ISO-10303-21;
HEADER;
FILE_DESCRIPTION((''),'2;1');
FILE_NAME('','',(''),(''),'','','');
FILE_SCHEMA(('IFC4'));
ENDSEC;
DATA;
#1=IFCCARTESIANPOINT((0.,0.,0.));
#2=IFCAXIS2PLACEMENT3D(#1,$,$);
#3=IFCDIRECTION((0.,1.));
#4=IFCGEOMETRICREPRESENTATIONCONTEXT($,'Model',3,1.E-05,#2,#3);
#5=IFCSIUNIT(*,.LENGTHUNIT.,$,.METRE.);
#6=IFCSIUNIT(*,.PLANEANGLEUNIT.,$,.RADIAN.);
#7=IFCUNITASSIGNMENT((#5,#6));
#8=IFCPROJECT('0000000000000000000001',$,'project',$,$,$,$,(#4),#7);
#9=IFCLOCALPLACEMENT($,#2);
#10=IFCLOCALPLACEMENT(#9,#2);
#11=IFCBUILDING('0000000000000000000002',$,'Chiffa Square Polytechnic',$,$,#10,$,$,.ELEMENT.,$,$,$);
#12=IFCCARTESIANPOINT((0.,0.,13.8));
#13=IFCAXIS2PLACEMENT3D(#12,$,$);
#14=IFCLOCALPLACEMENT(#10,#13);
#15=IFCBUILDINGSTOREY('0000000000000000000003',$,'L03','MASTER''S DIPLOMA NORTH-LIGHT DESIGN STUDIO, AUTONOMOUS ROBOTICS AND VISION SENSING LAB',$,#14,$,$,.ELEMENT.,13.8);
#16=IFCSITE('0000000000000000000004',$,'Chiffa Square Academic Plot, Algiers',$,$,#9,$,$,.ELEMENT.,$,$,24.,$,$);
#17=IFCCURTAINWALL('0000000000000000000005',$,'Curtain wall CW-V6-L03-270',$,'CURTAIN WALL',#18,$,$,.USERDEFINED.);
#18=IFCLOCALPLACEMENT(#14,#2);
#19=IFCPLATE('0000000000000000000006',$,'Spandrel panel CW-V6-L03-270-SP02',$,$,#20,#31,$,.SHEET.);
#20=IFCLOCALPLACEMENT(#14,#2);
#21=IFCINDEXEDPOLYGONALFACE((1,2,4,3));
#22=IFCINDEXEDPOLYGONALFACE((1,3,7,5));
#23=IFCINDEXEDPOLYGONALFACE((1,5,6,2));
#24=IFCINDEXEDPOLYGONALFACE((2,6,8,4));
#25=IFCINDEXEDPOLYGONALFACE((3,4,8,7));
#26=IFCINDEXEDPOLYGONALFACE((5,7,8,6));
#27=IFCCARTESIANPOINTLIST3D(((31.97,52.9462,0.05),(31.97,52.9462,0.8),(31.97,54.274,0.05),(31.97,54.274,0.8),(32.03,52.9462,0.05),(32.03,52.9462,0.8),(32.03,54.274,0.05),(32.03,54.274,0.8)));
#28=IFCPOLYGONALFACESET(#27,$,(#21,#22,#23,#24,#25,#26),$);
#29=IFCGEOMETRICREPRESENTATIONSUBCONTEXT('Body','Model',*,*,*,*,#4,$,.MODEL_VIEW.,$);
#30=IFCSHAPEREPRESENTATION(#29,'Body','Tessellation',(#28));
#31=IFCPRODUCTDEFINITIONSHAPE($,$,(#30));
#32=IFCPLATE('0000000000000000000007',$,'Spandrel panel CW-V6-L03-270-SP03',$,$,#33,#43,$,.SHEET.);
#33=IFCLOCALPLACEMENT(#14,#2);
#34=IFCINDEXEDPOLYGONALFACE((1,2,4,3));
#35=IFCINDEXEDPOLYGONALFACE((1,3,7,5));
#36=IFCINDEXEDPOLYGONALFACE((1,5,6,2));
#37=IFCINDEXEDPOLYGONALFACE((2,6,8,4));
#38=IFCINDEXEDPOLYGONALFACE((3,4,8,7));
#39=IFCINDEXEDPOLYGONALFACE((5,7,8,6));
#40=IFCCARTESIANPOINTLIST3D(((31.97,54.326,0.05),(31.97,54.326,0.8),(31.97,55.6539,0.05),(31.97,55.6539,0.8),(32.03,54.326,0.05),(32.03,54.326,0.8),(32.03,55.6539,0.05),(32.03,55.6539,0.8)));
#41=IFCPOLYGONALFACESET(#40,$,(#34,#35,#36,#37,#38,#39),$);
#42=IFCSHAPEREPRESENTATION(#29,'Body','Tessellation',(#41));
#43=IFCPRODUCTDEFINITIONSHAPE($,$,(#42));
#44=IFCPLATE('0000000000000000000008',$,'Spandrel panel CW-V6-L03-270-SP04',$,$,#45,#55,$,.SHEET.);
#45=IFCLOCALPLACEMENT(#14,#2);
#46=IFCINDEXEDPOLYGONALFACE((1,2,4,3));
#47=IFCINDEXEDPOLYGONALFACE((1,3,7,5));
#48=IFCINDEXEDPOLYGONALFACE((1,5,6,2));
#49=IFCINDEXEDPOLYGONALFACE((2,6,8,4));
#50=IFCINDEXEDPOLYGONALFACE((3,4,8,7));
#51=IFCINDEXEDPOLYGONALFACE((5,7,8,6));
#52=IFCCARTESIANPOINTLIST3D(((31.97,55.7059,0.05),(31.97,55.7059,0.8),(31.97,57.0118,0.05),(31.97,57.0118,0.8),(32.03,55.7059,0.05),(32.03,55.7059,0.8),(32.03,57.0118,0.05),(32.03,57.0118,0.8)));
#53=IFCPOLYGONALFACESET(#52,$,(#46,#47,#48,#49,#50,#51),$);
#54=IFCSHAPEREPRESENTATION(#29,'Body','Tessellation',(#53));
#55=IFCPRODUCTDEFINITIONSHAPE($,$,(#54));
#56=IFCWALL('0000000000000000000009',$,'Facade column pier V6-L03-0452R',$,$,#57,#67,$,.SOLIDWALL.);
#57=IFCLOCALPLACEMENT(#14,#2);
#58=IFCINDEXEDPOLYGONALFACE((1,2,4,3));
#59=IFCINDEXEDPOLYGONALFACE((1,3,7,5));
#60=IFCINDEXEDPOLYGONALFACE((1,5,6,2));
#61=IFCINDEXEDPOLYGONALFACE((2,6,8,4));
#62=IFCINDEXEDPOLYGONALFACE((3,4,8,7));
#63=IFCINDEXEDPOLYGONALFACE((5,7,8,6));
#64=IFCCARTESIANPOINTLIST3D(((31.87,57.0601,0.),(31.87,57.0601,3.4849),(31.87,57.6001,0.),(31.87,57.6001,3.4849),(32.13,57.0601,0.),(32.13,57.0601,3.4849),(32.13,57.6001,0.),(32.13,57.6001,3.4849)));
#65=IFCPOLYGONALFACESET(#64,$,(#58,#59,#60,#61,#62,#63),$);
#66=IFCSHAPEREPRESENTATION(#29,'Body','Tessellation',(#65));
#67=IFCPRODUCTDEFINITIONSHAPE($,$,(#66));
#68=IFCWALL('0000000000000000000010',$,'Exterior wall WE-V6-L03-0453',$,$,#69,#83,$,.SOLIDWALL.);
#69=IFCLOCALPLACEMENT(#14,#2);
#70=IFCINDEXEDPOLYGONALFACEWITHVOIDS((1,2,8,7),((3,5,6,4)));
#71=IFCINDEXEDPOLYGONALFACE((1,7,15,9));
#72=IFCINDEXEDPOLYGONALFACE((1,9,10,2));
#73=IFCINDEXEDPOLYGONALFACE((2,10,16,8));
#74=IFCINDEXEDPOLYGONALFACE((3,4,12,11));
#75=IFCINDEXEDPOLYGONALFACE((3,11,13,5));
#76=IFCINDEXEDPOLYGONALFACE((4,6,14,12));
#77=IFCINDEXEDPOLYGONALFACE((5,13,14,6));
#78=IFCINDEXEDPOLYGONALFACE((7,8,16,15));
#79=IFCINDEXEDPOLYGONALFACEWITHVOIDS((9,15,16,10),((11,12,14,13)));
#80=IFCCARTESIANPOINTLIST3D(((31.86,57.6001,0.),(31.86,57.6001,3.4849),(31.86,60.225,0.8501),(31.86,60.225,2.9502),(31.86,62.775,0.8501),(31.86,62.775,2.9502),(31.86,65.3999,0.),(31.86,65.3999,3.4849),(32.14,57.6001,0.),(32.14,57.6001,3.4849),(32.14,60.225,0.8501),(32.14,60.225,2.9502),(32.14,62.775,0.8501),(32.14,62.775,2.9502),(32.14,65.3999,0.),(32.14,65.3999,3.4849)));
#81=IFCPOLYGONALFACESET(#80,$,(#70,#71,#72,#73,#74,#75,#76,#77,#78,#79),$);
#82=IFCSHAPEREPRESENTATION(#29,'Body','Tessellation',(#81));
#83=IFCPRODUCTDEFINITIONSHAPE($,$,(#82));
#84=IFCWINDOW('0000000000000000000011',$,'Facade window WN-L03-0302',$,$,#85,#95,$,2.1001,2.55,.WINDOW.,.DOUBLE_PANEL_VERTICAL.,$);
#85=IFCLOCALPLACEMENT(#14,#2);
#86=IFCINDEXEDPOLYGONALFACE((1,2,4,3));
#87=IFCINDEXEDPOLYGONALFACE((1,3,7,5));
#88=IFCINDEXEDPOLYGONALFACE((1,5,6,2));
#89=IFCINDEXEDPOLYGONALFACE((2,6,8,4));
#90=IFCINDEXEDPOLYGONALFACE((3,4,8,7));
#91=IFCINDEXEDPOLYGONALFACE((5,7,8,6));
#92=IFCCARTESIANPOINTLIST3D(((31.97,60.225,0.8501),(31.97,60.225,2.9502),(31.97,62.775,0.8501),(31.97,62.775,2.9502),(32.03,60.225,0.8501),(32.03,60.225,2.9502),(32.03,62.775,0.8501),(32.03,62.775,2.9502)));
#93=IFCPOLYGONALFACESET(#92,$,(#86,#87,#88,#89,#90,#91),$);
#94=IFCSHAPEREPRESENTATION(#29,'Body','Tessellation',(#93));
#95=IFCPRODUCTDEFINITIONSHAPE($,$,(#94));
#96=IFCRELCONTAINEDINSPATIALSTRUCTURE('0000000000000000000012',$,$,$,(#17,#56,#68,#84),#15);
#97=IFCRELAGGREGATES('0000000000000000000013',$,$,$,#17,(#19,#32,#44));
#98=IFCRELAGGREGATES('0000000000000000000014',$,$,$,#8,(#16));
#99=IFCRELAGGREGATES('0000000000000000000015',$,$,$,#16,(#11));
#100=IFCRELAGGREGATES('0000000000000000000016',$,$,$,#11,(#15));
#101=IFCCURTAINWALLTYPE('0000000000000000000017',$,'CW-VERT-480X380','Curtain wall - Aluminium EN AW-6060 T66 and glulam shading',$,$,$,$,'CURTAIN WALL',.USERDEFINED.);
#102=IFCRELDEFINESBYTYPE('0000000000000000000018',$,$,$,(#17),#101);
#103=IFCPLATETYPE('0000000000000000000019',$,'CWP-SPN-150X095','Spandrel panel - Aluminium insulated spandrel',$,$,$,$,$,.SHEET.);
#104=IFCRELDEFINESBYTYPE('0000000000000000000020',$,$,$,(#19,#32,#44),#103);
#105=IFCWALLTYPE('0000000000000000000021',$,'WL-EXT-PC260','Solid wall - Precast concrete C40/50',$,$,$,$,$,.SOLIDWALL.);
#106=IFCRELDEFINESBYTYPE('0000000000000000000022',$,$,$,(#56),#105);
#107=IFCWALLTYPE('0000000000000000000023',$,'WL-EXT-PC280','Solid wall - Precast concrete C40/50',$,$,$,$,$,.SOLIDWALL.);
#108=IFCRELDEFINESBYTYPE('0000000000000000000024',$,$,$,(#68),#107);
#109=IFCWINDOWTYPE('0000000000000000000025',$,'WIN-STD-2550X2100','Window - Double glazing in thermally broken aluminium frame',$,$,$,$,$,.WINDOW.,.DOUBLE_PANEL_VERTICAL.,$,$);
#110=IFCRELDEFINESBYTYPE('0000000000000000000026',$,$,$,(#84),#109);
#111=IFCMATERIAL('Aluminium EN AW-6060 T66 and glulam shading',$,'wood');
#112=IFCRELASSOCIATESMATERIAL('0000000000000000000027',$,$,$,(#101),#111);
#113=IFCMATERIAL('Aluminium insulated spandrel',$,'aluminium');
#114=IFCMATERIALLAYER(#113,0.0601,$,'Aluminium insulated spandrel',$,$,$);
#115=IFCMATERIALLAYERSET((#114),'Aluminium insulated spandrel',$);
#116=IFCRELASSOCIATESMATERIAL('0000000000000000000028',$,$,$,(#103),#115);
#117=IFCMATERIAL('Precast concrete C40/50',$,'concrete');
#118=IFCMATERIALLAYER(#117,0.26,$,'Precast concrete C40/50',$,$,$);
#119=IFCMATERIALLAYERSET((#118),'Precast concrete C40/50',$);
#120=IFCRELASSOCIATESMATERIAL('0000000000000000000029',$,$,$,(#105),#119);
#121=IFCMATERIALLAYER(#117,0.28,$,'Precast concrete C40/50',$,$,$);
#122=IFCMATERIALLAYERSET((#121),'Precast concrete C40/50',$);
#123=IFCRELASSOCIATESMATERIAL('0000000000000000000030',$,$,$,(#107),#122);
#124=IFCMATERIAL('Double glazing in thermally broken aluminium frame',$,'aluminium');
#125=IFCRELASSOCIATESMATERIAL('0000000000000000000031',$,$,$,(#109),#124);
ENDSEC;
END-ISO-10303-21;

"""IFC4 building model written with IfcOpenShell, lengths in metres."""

from ifc_helpers import new_model, si_unit, direction, frame, frame_2d, origin, origin_2d, place, context, subcontext, project, spatial, rectangle, extrude, material, layer, layer_set, type_object, element, fill, aggregate, save


model = new_model("IFC4")

# Units and contexts
model_context = context("Model", 3, precision=1e-05, world=origin(), true_north=direction((0.0, 1.0)))
body_context = subcontext(model_context, "Body", "Model", "MODEL_VIEW")
ifc_project = project(units=[si_unit("LENGTHUNIT", "METRE"), si_unit("PLANEANGLEUNIT", "RADIAN")], contexts=[model_context])

# Site, building, storey
site_placement = place(None, origin())
site = spatial("IfcSite", under=ifc_project, at=site_placement, Name="Chiffa Square Academic Plot, Algiers", CompositionType="ELEMENT", RefElevation=24.0)
building_placement = place(site_placement, origin())
building = spatial("IfcBuilding", under=site, at=building_placement, Name="Chiffa Square Polytechnic", CompositionType="ELEMENT")
storey_placement = place(building_placement, frame((0.0, 0.0, 13.8)))
storey = spatial("IfcBuildingStorey", under=building, at=storey_placement, Name="L03", Description="MASTER'S DIPLOMA NORTH-LIGHT DESIGN STUDIO, AUTONOMOUS ROBOTICS AND VISION SENSING LAB", CompositionType="ELEMENT", Elevation=13.8)

# Curtain wall
ifc_material_1 = material(Name="Aluminium EN AW-6060 T66 and glulam shading", Category="wood")
curtain_wall_type = type_object("IfcCurtainWallType", Name="CW-VERT-480X380", Description="Curtain wall - Aluminium EN AW-6060 T66 and glulam shading", ElementType="CURTAIN WALL", PredefinedType="USERDEFINED", material=ifc_material_1)
curtain_wall_placement = place(storey_placement, origin())
curtain_wall = element("IfcCurtainWall", 1, at=curtain_wall_placement, inside=storey, type_object=curtain_wall_type, Name="Curtain wall CW-V6-L03-270", ObjectType="CURTAIN WALL", PredefinedType="USERDEFINED")

# Plates
ifc_material_2 = material(Name="Aluminium insulated spandrel", Category="aluminium")
ifc_layer_1 = layer(ifc_material_2, 0.0601, Name="Aluminium insulated spandrel")
ifc_layer_set_1 = layer_set([ifc_layer_1], Name="Aluminium insulated spandrel")
plate_type_1 = type_object("IfcPlateType", Name="CWP-SPN-150X095", Description="Spandrel panel - Aluminium insulated spandrel", PredefinedType="SHEET", material=ifc_layer_set_1)
plate_1_placement = place(storey_placement, frame((32.0, 53.6101, 0.05), z_axis=(0.0, 0.0, 1.0), x_axis=(0.0, 1.0, 0.0)))
plate_1 = element("IfcPlate", 2, at=plate_1_placement, type_object=plate_type_1, Name="Spandrel panel CW-V6-L03-270-SP02", PredefinedType="SHEET", context=body_context, shape_type="SweptSolid", body=[
    extrude(rectangle(XDim=1.3279, YDim=0.0601, at=origin_2d()), origin(), (0.0, 0.0, 1.0), 0.75),
])
plate_2_placement = place(storey_placement, frame((32.0, 54.99, 0.05), z_axis=(0.0, 0.0, 1.0), x_axis=(0.0, 1.0, 0.0)))
plate_2 = element("IfcPlate", 3, at=plate_2_placement, type_object=plate_type_1, Name="Spandrel panel CW-V6-L03-270-SP03", PredefinedType="SHEET", context=body_context, shape_type="SweptSolid", body=[
    extrude(rectangle(XDim=1.3279, YDim=0.0601, at=origin_2d()), origin(), (0.0, 0.0, 1.0), 0.75),
])
plate_3_placement = place(storey_placement, frame((32.0, 56.3589, 0.05), z_axis=(0.0, 0.0, 1.0), x_axis=(0.0, 1.0, 0.0)))
plate_3 = element("IfcPlate", 4, at=plate_3_placement, type_object=plate_type_1, Name="Spandrel panel CW-V6-L03-270-SP04", PredefinedType="SHEET", context=body_context, shape_type="SweptSolid", body=[
    extrude(rectangle(XDim=1.3059, YDim=0.0601, at=origin_2d()), origin(), (0.0, 0.0, 1.0), 0.75),
])
aggregate(curtain_wall, [plate_1, plate_2, plate_3])

# Wall
ifc_material_3 = material(Name="Precast concrete C40/50", Category="concrete")
ifc_layer_2 = layer(ifc_material_3, 0.26, Name="Precast concrete C40/50")
ifc_layer_set_2 = layer_set([ifc_layer_2], Name="Precast concrete C40/50")
wall_type_1 = type_object("IfcWallType", Name="WL-EXT-PC260", Description="Solid wall - Precast concrete C40/50", PredefinedType="SOLIDWALL", material=ifc_layer_set_2)
wall_1_placement = place(storey_placement, frame((32.0, 57.0601, 0.0), z_axis=(0.0, 0.0, 1.0), x_axis=(0.0, 1.0, 0.0)))
element("IfcWall", 5, at=wall_1_placement, inside=storey, type_object=wall_type_1, Name="Facade column pier V6-L03-0452R", PredefinedType="SOLIDWALL", context=body_context, shape_type="SweptSolid", body=[
    extrude(rectangle(XDim=0.54, YDim=0.26, at=frame_2d((0.27, 0.0))), origin(), (0.0, 0.0, 1.0), 3.4849),
])

# Wall, opening, window
ifc_layer_3 = layer(ifc_material_3, 0.28, Name="Precast concrete C40/50")
ifc_layer_set_3 = layer_set([ifc_layer_3], Name="Precast concrete C40/50")
wall_type_2 = type_object("IfcWallType", Name="WL-EXT-PC280", Description="Solid wall - Precast concrete C40/50", PredefinedType="SOLIDWALL", material=ifc_layer_set_3)
wall_2_placement = place(storey_placement, frame((32.0, 57.6001, 0.0), z_axis=(0.0, 0.0, 1.0), x_axis=(0.0, 1.0, 0.0)))
wall_2 = element("IfcWall", 6, at=wall_2_placement, inside=storey, type_object=wall_type_2, Name="Exterior wall WE-V6-L03-0453", PredefinedType="SOLIDWALL", context=body_context, shape_type="SweptSolid", body=[
    extrude(rectangle(XDim=7.7998, YDim=0.28, at=frame_2d((3.8999, 0.0))), origin(), (0.0, 0.0, 1.0), 3.4849),
])
opening_placement = place(wall_2_placement, frame((2.625, 0.0, 0.8501)))
opening = element("IfcOpeningElement", 7, at=opening_placement, cuts=wall_2, PredefinedType="OPENING", context=body_context, shape_type="SweptSolid", body=[
    extrude(rectangle(XDim=2.55, YDim=2.1001, at=frame_2d((1.2749, 1.05))), frame((0.0, 0.1499, 0.0), z_axis=(0.0, -1.0, 0.0), x_axis=(1.0, 0.0, 0.0)), (0.0, 0.0, 1.0), 0.3),
])
ifc_material_4 = material(Name="Double glazing in thermally broken aluminium frame", Category="aluminium")
window_type = type_object("IfcWindowType", Name="WIN-STD-2550X2100", Description="Window - Double glazing in thermally broken aluminium frame", PartitioningType="DOUBLE_PANEL_VERTICAL", PredefinedType="WINDOW", material=ifc_material_4)
window_placement = place(opening_placement, origin())
window = element("IfcWindow", 8, at=window_placement, inside=storey, type_object=window_type, Name="Facade window WN-L03-0302", OverallHeight=2.1001, OverallWidth=2.55, PartitioningType="DOUBLE_PANEL_VERTICAL", PredefinedType="WINDOW", context=body_context, shape_type="SweptSolid", body=[
    extrude(rectangle(XDim=2.55, YDim=2.1001, at=frame_2d((1.2749, 1.05))), frame((0.0, 0.03, 0.0), z_axis=(0.0, -1.0, 0.0), x_axis=(1.0, 0.0, 0.0)), (0.0, 0.0, 1.0), 0.0601),
])
fill(opening, window)

save(model, "model.ifc")
